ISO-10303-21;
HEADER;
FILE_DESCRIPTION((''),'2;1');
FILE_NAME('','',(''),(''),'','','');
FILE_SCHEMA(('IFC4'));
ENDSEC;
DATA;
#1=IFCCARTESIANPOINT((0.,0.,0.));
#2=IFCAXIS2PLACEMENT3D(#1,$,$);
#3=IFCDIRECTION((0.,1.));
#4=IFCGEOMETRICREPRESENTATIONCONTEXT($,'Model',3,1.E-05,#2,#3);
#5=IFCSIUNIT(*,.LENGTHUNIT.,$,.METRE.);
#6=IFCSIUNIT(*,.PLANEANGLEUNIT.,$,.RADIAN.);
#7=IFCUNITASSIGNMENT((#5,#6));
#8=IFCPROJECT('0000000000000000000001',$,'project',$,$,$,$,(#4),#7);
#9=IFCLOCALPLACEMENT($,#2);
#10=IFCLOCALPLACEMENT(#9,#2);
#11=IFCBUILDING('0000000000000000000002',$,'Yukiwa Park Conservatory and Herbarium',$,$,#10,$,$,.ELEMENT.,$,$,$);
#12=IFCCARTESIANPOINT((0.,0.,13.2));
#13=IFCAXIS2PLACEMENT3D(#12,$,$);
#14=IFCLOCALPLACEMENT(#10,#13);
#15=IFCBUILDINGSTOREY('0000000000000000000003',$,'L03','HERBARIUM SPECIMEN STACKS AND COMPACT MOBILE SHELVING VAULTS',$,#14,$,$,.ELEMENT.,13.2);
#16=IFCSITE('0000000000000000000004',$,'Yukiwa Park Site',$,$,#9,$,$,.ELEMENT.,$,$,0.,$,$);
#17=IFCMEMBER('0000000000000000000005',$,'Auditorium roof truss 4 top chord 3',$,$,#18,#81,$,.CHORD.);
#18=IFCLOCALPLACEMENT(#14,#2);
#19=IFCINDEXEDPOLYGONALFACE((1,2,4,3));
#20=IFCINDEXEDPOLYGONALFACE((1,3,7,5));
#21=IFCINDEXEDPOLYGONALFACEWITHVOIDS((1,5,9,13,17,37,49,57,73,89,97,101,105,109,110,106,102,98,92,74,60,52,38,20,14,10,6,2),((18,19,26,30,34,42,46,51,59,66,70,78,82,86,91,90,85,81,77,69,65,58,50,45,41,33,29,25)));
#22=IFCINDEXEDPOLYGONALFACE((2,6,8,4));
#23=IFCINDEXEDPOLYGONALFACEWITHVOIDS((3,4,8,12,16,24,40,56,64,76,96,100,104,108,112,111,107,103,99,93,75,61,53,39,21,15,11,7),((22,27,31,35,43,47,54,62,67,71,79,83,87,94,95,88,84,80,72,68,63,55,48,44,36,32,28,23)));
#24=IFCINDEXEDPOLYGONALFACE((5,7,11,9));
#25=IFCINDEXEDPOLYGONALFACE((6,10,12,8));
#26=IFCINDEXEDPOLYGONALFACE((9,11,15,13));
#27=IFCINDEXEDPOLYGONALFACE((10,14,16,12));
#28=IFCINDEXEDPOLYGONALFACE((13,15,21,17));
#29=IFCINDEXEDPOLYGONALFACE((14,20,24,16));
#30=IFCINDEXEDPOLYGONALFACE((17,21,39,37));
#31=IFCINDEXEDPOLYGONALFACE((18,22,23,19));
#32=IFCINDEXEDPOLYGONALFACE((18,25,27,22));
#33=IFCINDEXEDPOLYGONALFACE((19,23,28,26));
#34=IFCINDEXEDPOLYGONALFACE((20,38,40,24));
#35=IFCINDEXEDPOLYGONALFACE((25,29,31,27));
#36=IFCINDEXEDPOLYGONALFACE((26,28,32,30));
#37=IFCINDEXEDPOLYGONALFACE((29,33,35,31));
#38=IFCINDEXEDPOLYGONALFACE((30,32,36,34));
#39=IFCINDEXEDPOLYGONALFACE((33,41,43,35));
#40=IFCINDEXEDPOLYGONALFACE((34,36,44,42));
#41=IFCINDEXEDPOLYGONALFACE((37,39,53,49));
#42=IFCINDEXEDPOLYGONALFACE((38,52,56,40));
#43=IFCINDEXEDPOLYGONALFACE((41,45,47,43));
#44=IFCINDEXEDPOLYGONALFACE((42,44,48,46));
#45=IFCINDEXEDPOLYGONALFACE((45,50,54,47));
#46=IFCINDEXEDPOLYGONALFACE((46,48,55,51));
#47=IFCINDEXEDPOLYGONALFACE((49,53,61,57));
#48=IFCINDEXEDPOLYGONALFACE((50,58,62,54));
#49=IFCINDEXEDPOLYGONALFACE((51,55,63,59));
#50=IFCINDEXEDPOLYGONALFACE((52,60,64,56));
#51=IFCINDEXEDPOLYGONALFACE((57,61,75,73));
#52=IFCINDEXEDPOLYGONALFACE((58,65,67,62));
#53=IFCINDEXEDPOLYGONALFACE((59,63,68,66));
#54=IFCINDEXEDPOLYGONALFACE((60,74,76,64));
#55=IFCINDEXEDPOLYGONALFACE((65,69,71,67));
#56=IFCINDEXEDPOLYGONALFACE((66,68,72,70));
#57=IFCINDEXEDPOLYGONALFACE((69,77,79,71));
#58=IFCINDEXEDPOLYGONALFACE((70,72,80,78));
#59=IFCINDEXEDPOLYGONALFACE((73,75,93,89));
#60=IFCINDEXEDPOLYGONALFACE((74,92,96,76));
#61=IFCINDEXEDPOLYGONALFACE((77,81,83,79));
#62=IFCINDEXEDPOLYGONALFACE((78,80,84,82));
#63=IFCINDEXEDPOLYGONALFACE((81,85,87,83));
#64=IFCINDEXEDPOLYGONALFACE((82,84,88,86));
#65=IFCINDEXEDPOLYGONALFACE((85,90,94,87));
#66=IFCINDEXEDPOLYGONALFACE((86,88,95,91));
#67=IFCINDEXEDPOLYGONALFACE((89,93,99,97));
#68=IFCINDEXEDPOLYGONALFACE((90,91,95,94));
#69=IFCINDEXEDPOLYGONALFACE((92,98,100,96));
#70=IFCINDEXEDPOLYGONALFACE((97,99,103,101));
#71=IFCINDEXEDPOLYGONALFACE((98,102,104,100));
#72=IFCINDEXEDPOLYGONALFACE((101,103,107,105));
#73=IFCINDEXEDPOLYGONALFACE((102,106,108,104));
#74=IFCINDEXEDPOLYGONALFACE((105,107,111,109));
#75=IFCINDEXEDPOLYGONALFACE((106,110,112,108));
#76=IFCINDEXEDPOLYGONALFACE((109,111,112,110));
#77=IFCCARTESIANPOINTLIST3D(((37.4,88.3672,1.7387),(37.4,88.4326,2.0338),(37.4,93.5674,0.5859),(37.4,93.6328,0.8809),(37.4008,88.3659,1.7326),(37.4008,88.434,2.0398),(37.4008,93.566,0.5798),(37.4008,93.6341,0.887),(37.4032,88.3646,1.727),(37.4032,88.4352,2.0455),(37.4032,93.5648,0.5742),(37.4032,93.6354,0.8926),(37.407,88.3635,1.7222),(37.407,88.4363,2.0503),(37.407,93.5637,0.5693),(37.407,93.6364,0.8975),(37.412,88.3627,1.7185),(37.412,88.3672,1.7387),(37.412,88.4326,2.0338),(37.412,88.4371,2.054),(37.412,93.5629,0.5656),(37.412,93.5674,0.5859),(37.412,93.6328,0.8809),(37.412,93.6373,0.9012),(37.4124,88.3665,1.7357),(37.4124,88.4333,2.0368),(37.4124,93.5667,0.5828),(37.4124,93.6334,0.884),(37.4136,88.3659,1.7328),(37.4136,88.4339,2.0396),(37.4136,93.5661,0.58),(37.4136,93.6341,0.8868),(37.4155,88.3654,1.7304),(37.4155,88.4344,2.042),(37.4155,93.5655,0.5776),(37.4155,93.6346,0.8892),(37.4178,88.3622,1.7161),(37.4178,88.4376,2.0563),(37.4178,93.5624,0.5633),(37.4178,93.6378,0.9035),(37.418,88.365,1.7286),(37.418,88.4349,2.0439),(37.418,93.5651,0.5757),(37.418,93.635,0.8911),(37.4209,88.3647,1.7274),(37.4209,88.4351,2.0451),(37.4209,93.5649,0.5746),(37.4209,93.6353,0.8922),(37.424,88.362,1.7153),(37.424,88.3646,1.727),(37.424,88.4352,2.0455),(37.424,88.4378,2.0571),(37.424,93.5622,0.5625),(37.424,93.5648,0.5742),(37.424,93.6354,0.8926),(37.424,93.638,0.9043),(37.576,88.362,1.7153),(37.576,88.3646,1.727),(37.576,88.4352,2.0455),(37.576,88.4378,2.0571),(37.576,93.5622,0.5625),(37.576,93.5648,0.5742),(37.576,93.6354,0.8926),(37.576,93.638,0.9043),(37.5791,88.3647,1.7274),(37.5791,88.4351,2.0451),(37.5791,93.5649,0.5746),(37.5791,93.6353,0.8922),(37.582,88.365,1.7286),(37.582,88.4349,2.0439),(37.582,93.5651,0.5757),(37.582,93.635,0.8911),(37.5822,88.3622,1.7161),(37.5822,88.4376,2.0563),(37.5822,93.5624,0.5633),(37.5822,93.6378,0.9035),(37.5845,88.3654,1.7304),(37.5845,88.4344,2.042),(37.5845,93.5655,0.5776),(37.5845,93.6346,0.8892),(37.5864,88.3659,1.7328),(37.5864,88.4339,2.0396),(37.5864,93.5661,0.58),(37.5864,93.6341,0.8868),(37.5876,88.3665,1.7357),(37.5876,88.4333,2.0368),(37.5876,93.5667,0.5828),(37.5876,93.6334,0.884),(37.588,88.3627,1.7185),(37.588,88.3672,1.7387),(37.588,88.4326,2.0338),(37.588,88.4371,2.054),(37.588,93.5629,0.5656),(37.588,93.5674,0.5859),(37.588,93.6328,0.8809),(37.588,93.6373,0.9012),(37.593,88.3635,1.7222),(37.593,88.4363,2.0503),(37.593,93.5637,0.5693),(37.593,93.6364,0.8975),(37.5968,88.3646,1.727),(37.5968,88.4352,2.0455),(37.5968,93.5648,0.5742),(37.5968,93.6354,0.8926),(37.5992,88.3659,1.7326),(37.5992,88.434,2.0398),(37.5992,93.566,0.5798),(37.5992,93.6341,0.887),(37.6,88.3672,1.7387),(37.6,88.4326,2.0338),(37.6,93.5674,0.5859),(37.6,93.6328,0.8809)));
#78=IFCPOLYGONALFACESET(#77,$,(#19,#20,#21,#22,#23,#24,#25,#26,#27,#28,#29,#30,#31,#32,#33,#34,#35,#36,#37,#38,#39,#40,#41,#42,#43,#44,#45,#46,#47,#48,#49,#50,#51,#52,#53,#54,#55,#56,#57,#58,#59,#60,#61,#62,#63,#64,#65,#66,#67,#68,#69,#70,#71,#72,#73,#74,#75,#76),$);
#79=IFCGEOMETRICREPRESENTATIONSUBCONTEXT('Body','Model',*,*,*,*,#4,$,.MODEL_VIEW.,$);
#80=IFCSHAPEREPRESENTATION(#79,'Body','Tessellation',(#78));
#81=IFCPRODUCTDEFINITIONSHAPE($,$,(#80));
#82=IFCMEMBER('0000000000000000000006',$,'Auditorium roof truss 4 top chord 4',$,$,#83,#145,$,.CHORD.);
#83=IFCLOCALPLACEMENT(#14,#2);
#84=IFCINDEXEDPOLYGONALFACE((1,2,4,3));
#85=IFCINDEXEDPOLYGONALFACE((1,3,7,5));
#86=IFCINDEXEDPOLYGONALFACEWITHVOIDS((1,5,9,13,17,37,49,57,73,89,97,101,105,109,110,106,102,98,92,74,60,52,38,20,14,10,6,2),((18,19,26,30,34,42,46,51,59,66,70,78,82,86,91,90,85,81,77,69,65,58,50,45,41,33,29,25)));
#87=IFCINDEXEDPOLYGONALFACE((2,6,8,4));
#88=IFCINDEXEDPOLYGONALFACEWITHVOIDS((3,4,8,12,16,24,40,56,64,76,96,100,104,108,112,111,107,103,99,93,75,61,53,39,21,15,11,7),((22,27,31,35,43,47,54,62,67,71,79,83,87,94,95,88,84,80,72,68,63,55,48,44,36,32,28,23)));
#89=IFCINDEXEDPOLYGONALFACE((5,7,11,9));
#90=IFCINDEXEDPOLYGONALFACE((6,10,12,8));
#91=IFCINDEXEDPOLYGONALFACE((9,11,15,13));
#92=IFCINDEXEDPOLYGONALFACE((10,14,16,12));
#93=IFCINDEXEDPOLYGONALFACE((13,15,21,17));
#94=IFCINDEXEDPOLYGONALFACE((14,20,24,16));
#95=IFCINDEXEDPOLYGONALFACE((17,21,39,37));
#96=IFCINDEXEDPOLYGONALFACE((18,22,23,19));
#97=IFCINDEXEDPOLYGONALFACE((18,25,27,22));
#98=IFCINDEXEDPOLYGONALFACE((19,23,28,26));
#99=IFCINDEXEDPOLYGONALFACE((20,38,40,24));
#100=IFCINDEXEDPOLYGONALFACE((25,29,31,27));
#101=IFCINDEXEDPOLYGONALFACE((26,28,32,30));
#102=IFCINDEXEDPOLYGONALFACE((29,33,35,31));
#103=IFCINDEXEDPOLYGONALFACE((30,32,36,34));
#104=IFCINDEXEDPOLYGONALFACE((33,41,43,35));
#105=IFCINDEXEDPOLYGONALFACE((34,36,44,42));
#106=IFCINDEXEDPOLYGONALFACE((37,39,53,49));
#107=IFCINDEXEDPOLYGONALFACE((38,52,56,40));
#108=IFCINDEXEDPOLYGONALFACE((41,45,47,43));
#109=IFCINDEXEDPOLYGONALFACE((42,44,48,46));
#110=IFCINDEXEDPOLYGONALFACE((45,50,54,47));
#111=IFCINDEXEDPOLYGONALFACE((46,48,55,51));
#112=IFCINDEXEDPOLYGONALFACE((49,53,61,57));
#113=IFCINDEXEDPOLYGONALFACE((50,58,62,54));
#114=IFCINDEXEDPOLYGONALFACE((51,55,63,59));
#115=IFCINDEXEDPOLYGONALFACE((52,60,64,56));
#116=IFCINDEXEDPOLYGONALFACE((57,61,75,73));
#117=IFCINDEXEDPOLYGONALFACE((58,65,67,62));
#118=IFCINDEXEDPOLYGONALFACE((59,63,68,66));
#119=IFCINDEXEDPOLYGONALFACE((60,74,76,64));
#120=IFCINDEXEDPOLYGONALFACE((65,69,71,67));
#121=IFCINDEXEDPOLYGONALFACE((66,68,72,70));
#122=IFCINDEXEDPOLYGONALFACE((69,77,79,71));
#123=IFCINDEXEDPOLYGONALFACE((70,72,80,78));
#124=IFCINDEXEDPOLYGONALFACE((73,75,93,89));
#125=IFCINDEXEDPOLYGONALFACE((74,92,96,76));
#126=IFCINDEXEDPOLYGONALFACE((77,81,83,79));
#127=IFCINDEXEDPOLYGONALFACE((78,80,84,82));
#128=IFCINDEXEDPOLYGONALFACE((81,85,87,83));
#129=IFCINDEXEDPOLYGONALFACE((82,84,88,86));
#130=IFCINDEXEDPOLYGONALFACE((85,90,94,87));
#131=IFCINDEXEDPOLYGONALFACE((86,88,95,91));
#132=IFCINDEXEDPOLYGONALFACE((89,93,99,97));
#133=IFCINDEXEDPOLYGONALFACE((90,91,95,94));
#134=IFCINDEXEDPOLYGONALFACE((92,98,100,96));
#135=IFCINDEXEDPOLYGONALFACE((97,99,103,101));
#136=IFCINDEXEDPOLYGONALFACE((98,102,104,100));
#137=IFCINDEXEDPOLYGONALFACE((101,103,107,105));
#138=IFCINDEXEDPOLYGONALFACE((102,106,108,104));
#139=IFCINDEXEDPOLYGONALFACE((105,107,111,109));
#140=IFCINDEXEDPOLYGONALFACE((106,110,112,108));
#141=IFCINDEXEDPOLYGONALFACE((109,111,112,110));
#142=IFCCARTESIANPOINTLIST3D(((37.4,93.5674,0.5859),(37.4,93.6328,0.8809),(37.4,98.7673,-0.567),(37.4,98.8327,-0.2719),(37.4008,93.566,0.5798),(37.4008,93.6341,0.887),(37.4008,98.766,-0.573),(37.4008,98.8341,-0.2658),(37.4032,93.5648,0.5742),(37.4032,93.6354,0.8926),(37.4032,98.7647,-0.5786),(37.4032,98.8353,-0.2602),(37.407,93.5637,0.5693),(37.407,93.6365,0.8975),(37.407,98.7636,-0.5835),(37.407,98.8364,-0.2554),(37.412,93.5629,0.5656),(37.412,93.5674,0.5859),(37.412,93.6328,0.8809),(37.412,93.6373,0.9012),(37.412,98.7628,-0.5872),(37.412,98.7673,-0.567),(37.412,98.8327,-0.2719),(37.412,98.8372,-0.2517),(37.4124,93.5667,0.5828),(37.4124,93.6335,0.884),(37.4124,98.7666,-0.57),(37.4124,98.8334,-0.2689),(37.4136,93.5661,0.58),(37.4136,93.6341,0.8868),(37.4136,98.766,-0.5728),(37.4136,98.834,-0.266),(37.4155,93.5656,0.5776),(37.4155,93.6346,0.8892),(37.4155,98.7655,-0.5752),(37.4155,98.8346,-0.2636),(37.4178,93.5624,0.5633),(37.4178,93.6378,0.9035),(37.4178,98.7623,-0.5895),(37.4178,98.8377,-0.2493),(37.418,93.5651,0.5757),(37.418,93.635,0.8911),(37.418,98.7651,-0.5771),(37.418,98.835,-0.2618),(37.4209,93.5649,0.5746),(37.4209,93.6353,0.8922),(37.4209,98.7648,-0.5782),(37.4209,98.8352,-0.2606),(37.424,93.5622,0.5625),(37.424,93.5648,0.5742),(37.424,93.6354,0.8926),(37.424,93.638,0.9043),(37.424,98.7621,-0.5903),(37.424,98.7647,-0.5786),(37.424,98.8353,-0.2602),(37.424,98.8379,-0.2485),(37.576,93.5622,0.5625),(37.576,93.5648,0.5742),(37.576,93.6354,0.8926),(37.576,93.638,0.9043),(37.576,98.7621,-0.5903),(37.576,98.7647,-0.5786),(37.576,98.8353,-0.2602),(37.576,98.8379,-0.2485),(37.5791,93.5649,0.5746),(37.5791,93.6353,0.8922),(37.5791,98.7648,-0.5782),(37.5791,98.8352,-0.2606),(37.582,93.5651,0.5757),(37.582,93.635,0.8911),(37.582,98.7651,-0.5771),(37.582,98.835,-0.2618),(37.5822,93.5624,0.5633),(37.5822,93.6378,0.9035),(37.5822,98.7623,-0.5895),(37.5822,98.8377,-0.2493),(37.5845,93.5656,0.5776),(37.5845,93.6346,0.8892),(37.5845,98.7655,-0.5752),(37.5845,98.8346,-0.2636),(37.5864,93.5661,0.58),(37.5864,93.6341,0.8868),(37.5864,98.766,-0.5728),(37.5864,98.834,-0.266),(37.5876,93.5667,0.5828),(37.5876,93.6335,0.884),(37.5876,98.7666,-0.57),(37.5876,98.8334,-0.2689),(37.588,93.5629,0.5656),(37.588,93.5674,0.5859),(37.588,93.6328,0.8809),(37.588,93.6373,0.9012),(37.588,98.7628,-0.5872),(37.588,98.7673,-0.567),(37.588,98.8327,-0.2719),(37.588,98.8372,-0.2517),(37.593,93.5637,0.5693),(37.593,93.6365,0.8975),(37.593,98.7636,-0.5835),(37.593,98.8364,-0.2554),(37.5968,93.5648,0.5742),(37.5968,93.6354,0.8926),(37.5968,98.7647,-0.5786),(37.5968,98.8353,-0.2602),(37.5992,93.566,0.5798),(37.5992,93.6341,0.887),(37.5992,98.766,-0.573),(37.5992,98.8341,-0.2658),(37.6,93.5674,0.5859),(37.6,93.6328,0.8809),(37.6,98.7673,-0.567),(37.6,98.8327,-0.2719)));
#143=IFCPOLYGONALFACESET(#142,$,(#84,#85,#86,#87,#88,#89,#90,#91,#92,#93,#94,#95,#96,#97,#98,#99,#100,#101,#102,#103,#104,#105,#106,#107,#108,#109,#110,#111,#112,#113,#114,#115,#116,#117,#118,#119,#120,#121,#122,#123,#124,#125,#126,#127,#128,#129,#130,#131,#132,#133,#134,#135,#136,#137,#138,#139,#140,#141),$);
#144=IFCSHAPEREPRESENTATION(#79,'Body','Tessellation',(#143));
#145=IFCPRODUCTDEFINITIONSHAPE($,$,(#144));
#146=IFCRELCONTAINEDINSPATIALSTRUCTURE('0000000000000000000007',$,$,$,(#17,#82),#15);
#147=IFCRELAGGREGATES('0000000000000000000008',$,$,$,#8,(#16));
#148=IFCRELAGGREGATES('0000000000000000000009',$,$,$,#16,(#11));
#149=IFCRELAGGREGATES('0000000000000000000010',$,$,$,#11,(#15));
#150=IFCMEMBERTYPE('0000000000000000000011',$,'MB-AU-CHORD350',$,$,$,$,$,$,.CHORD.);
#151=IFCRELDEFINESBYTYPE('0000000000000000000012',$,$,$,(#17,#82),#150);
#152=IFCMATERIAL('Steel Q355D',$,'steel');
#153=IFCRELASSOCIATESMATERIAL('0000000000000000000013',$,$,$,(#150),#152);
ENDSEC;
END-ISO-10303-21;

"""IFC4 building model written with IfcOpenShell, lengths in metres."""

from ifc_helpers import new_model, si_unit, direction, frame, origin, origin_2d, place, context, subcontext, project, spatial, hollow_rectangle, extrude, material, material_profile, profile_set, type_object, element, save


model = new_model("IFC4")

# Units and contexts
model_context = context("Model", 3, precision=1e-05, world=origin(), true_north=direction((0.0, 1.0)))
body_context = subcontext(model_context, "Body", "Model", "MODEL_VIEW")
ifc_project = project(units=[si_unit("LENGTHUNIT", "METRE"), si_unit("PLANEANGLEUNIT", "RADIAN")], contexts=[model_context])

# Site, building, storey
site_placement = place(None, origin())
site = spatial("IfcSite", under=ifc_project, at=site_placement, Name="Yukiwa Park Site", CompositionType="ELEMENT", RefElevation=0.0)
building_placement = place(site_placement, origin())
building = spatial("IfcBuilding", under=site, at=building_placement, Name="Yukiwa Park Conservatory and Herbarium", CompositionType="ELEMENT")
storey_placement = place(building_placement, frame((0.0, 0.0, 13.2)))
storey = spatial("IfcBuildingStorey", under=building, at=storey_placement, Name="L03", Description="HERBARIUM SPECIMEN STACKS AND COMPACT MOBILE SHELVING VAULTS", CompositionType="ELEMENT", Elevation=13.2)

# Members
ifc_material_1 = material(Name="Steel Q355D", Category="steel")
ifc_material_profile_1 = material_profile(ifc_material_1, hollow_rectangle(XDim=0.2, YDim=0.3501, WallThickness=0.012, InnerFilletRadius=0.012, OuterFilletRadius=0.0239, at=origin_2d()), Name="RHS 350x200x12")
ifc_profile_set_1 = profile_set([ifc_material_profile_1], Name="Steel Q355D")
member_type_1 = type_object("IfcMemberType", Name="MB-AU-CHORD350", PredefinedType="CHORD", material=ifc_profile_set_1)
member_1_placement = place(storey_placement, frame((37.5, 88.3999, 1.8862), z_axis=(0.0, 0.976297, -0.216435), x_axis=(-1.0, 0.0, 0.0)))
element("IfcMember", 1, at=member_1_placement, inside=storey, type_object=member_type_1, Name="Auditorium roof truss 4 top chord 3", PredefinedType="CHORD", context=body_context, shape_type="SweptSolid", body=[
    extrude(hollow_rectangle(XDim=0.2, YDim=0.3501, WallThickness=0.012, InnerFilletRadius=0.012, OuterFilletRadius=0.0239, at=origin_2d()), origin(), (0.0, 0.0, 1.0), 5.3264),
])
member_2_placement = place(storey_placement, frame((37.5, 93.6001, 0.7334), z_axis=(0.0, 0.976295, -0.216445), x_axis=(-1.0, 0.0, 0.0)))
element("IfcMember", 2, at=member_2_placement, inside=storey, type_object=member_type_1, Name="Auditorium roof truss 4 top chord 4", PredefinedType="CHORD", context=body_context, shape_type="SweptSolid", body=[
    extrude(hollow_rectangle(XDim=0.2, YDim=0.3501, WallThickness=0.012, InnerFilletRadius=0.012, OuterFilletRadius=0.0239, at=origin_2d()), origin(), (0.0, 0.0, 1.0), 5.3262),
])

save(model, "model.ifc")
